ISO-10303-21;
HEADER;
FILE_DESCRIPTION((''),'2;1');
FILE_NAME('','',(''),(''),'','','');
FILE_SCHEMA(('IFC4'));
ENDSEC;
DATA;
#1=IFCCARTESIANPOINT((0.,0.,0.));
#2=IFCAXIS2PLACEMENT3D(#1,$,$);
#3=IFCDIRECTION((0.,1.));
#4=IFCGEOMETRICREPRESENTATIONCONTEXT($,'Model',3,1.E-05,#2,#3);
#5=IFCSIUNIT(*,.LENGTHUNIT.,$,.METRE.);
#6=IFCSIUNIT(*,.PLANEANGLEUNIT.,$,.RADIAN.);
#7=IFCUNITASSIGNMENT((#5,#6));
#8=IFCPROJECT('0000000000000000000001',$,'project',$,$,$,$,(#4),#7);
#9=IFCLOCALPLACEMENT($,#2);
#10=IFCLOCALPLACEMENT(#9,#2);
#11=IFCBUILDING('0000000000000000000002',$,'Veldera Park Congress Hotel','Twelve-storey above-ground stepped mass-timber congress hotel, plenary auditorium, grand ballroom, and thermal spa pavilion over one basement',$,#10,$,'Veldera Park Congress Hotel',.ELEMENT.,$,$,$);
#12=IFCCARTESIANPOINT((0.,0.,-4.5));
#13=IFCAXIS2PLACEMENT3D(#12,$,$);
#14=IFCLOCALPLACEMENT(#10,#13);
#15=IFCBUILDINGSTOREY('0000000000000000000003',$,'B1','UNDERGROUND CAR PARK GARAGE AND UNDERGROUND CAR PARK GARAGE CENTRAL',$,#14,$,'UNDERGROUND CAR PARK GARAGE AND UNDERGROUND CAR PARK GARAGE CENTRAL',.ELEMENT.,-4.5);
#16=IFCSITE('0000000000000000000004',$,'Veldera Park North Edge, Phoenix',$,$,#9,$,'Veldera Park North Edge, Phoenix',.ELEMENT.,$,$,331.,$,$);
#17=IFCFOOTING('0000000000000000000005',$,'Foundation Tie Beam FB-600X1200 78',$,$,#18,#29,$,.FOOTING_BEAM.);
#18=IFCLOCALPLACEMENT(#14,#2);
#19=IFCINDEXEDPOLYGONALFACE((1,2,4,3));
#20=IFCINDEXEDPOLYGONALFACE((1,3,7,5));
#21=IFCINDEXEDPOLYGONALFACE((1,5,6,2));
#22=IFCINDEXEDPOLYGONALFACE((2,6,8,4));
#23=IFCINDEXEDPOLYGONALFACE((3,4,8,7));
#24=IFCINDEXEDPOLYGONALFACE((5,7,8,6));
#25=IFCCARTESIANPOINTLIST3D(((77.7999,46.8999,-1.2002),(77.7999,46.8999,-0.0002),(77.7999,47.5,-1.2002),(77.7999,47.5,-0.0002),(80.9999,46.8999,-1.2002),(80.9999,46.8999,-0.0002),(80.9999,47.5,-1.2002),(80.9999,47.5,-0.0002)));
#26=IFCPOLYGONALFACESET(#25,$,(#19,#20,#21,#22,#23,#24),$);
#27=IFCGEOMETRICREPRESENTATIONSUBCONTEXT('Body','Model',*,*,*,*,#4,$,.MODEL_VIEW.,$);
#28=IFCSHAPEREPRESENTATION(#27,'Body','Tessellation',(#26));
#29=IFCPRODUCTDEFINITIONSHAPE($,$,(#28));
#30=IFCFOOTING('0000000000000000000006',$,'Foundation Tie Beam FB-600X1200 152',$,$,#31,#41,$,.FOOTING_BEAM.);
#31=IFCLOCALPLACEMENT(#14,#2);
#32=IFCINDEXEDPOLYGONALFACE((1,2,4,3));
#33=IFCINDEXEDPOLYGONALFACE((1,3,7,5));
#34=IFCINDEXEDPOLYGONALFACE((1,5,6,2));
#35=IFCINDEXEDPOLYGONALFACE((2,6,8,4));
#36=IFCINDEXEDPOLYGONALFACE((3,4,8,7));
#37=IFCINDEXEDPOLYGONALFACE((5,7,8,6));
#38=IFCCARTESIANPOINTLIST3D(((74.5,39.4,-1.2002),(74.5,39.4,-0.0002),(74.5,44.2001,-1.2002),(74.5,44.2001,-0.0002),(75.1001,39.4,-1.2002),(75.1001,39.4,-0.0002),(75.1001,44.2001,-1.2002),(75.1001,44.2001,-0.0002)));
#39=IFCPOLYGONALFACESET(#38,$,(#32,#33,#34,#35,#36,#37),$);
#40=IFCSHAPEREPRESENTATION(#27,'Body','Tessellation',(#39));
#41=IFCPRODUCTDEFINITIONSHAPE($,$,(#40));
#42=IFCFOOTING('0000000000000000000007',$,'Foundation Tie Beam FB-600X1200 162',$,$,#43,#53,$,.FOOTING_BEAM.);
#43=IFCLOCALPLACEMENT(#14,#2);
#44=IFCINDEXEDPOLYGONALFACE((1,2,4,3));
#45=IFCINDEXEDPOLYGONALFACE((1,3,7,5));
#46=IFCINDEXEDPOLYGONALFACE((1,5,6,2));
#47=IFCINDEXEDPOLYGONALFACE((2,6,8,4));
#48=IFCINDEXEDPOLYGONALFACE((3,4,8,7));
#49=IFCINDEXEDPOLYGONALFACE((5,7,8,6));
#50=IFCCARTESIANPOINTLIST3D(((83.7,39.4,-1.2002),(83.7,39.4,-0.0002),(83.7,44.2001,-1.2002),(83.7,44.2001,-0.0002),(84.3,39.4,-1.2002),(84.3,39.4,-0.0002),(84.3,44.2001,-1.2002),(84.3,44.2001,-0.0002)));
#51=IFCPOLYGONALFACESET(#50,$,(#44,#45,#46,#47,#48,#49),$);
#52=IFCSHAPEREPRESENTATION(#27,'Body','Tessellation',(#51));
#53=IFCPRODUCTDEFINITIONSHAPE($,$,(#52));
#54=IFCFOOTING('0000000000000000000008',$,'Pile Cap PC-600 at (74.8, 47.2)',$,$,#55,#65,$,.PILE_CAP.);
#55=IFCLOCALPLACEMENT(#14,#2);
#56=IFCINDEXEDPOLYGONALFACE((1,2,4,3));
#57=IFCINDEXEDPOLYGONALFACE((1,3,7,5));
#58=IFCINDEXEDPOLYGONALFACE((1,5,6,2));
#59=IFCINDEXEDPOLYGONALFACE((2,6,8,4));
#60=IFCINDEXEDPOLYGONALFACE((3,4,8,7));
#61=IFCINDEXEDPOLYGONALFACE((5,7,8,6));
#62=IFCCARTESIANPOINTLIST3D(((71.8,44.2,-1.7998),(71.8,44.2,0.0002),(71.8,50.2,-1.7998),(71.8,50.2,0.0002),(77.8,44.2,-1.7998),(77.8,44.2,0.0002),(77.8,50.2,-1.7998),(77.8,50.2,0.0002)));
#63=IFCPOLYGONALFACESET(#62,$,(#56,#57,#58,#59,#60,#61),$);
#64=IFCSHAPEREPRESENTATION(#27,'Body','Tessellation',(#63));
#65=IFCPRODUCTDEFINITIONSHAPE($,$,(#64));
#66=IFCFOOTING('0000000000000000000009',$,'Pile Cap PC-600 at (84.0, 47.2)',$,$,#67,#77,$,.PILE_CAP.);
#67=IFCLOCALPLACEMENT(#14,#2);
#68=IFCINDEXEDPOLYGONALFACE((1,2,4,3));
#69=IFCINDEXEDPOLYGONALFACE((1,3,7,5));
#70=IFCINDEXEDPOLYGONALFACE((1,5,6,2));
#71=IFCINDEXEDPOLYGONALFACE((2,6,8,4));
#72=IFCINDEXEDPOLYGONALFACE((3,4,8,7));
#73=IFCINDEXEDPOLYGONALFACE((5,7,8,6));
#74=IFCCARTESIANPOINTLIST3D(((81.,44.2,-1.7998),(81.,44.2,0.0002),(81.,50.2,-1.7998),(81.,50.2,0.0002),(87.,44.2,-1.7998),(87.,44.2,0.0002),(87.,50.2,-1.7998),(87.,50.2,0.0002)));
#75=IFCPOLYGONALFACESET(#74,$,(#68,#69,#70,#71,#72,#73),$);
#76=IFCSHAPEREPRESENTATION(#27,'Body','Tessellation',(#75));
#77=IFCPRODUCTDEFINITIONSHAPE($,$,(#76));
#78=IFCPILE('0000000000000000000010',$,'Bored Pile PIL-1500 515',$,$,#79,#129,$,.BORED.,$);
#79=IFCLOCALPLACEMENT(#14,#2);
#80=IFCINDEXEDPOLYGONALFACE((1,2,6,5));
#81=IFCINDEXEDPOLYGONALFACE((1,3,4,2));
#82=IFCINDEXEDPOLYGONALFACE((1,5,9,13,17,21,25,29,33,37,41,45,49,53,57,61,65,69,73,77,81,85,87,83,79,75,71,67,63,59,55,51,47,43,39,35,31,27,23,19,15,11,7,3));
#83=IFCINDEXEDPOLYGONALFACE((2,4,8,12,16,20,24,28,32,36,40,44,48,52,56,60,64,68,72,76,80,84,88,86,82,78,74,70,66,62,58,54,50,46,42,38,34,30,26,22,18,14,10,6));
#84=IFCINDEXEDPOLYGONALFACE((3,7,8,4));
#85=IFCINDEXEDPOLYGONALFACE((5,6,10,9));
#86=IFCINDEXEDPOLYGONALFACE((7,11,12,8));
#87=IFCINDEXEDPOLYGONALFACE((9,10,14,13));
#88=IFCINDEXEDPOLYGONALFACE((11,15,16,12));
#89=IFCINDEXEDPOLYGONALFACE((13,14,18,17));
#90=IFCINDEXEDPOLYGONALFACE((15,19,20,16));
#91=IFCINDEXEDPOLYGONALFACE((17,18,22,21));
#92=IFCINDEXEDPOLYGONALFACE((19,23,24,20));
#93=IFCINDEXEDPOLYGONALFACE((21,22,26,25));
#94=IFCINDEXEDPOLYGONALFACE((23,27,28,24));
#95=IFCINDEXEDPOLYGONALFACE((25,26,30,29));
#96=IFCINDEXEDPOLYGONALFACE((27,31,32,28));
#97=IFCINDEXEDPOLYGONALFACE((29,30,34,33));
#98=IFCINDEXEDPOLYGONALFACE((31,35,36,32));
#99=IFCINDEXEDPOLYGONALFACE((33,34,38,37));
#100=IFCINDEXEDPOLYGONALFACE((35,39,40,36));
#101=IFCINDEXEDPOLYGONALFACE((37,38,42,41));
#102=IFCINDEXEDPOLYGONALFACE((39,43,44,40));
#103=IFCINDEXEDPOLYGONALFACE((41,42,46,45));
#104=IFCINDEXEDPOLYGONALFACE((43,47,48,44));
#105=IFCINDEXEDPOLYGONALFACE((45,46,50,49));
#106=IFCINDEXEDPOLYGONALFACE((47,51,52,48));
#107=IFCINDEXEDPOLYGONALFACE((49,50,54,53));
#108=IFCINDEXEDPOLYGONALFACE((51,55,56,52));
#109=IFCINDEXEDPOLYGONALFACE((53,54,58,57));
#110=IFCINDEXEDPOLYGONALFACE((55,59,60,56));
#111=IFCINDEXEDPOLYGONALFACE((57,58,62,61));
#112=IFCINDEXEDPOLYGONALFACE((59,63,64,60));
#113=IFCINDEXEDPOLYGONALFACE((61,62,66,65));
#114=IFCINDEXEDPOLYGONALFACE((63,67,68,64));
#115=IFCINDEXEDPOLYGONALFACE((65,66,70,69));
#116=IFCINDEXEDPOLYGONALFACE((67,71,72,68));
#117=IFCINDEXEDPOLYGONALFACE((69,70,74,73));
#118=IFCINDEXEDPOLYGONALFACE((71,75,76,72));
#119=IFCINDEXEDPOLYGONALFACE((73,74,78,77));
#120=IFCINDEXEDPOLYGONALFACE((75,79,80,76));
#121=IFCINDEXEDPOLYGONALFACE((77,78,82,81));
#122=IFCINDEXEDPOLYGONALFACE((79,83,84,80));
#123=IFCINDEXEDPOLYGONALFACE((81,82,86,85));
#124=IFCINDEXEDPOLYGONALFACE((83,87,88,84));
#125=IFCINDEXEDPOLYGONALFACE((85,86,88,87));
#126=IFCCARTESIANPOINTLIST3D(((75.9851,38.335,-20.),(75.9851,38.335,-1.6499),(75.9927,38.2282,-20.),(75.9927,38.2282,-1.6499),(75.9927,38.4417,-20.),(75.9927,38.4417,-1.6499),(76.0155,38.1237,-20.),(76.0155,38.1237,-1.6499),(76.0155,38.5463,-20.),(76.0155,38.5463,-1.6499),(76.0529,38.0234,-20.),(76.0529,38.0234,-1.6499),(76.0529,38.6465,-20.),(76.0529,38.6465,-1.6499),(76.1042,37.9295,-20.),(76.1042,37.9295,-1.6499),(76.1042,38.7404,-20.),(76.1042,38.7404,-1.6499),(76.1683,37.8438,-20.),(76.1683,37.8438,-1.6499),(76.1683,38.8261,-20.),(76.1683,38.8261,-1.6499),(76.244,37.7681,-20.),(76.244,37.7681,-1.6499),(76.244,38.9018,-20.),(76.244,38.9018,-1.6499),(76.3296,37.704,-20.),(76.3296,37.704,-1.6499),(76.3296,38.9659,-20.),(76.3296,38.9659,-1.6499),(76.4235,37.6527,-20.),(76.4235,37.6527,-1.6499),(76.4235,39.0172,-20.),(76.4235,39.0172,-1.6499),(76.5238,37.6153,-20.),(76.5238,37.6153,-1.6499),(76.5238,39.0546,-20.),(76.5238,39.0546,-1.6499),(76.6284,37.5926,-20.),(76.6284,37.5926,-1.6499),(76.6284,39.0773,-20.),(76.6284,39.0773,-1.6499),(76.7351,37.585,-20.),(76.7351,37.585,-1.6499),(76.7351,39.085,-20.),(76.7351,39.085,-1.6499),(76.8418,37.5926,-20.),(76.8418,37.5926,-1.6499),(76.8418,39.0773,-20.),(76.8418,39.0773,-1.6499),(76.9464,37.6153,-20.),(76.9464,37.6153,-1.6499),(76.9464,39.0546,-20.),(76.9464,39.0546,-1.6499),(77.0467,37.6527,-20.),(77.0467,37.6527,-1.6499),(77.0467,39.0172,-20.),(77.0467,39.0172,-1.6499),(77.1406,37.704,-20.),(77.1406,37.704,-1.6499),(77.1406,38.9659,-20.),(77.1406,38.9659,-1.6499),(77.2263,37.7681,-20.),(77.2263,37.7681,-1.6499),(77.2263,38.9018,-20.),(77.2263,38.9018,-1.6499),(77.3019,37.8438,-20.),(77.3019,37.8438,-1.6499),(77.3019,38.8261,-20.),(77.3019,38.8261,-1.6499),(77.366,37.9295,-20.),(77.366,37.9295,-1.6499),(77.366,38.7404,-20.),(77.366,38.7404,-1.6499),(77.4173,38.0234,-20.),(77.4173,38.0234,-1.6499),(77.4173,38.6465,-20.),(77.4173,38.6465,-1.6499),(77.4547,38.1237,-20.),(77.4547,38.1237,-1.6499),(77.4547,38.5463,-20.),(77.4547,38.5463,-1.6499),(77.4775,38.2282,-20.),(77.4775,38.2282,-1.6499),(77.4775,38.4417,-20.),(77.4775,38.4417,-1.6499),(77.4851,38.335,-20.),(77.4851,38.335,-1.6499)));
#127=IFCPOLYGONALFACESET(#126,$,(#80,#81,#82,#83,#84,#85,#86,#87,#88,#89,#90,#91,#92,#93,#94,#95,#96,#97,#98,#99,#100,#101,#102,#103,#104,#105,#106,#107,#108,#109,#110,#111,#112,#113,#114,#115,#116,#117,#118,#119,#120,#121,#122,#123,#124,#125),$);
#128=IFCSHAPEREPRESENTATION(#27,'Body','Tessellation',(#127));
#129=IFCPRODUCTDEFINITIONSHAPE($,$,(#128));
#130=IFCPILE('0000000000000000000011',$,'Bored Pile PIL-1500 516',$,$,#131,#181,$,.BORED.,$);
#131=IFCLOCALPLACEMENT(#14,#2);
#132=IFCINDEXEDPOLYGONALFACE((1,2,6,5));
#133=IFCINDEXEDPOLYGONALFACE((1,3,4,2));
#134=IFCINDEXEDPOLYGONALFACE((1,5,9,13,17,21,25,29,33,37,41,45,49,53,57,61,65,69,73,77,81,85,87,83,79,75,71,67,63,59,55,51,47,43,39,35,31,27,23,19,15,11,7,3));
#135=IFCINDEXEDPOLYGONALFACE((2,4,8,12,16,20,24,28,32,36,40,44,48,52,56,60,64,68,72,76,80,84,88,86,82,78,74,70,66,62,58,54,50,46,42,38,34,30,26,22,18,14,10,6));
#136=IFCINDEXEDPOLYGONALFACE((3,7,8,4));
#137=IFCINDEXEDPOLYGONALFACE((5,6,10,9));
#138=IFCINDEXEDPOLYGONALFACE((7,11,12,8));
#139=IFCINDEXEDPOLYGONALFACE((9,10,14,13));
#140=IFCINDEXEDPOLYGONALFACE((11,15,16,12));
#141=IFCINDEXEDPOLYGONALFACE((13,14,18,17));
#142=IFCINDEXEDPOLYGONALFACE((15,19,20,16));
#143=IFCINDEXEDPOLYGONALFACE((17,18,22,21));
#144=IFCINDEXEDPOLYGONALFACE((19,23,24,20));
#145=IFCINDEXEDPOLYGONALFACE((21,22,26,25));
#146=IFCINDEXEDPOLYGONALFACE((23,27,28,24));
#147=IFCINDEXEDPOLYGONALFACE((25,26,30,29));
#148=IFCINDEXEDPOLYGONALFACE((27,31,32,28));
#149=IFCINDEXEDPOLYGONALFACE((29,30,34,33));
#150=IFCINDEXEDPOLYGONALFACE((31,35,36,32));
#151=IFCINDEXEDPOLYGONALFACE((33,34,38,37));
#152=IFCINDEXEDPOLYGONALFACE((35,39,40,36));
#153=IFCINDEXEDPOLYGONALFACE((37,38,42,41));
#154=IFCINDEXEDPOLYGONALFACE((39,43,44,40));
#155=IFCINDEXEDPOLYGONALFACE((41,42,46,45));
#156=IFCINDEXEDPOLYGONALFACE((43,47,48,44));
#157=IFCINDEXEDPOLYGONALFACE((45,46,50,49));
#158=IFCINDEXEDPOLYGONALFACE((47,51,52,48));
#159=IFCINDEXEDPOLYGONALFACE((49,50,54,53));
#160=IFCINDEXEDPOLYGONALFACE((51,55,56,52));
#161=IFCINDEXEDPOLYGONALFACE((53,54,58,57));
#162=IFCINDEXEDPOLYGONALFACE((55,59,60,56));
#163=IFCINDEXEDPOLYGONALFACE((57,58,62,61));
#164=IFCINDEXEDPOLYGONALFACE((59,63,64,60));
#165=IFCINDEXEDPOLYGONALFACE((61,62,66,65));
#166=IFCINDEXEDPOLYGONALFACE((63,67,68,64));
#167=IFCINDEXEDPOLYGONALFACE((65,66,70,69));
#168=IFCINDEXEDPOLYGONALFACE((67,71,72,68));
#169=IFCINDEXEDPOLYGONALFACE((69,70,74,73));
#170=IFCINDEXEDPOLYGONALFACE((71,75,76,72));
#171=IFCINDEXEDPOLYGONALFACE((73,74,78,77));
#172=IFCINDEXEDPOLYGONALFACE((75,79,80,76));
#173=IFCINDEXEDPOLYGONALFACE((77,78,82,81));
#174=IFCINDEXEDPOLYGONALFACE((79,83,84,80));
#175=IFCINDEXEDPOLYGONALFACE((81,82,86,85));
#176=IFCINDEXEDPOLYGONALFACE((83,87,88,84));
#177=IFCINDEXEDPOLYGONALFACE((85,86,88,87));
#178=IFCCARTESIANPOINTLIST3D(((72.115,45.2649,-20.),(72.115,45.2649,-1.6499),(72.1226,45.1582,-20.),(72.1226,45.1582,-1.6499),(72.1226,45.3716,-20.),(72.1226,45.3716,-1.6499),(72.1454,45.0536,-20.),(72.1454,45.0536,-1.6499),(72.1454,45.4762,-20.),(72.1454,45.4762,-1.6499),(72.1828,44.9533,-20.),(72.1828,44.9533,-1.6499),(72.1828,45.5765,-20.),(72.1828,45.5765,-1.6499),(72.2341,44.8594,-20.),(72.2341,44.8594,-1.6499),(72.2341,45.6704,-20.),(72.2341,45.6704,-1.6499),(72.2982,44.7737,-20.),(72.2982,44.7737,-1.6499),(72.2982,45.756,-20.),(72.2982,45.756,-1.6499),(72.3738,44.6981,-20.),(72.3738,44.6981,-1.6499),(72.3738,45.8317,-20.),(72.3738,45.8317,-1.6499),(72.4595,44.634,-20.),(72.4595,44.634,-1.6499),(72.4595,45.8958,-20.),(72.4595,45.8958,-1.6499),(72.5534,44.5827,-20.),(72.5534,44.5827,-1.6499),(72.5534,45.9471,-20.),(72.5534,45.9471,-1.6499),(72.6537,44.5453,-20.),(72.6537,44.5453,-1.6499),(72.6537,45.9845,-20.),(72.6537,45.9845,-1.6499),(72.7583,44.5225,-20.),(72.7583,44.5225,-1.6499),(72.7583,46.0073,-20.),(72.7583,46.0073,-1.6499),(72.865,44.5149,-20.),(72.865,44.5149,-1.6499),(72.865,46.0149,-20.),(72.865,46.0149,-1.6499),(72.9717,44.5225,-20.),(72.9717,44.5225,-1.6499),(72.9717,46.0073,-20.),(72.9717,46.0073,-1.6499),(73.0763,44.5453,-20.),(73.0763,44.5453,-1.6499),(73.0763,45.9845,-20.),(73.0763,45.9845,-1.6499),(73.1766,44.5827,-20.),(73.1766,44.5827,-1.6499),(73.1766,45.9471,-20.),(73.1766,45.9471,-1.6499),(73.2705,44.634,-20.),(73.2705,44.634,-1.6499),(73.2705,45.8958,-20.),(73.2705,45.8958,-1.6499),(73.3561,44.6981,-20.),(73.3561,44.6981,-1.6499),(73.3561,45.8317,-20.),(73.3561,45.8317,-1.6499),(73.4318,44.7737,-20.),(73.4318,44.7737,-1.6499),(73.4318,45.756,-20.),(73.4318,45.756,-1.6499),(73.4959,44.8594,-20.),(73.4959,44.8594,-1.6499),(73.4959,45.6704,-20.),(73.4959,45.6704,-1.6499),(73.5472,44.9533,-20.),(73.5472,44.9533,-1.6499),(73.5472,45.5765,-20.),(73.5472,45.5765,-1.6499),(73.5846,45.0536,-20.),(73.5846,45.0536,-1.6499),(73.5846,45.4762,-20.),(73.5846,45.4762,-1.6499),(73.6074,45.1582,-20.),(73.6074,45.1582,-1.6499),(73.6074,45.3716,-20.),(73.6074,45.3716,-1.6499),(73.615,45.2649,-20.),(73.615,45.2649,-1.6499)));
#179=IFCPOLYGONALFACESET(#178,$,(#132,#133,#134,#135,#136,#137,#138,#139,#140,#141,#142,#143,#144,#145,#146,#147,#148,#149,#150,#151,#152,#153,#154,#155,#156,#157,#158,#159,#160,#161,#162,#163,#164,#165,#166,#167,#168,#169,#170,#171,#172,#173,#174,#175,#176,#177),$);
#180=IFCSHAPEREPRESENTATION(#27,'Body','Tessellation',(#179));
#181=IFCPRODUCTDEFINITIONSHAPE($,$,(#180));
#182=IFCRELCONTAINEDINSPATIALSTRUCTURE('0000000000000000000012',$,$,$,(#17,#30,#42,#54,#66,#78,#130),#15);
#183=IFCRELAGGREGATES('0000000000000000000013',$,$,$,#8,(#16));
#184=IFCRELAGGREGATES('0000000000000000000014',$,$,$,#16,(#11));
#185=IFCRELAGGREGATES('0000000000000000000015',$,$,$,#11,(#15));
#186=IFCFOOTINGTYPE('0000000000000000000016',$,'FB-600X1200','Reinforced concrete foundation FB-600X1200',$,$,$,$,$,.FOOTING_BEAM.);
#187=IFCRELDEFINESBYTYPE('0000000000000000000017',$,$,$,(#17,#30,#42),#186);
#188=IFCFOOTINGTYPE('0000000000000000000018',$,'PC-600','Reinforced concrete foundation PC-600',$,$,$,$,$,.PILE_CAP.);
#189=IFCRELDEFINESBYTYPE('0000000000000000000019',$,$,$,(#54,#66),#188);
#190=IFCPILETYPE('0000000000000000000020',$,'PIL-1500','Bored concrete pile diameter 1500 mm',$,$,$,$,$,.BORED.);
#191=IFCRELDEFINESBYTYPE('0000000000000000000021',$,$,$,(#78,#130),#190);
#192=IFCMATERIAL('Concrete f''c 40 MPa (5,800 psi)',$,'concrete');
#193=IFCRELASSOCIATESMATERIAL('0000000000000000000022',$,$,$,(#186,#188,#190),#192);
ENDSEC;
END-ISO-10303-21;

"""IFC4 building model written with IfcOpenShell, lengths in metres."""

from ifc_helpers import new_model, si_unit, direction, frame, origin, origin_2d, place, context, subcontext, project, spatial, rectangle, circle, extrude, material, material_profile, profile_set, type_object, element, save


model = new_model("IFC4")

# Units and contexts
model_context = context("Model", 3, precision=1e-05, world=origin(), true_north=direction((0.0, 1.0)))
body_context = subcontext(model_context, "Body", "Model", "MODEL_VIEW")
ifc_project = project(units=[si_unit("LENGTHUNIT", "METRE"), si_unit("PLANEANGLEUNIT", "RADIAN")], contexts=[model_context])

# Site, building, storey
site_placement = place(None, origin())
site = spatial("IfcSite", under=ifc_project, at=site_placement, Name="Veldera Park North Edge, Phoenix", LongName="Veldera Park North Edge, Phoenix", CompositionType="ELEMENT", RefElevation=331.0)
building_placement = place(site_placement, origin())
building = spatial("IfcBuilding", under=site, at=building_placement, Name="Veldera Park Congress Hotel", Description="Twelve-storey above-ground stepped mass-timber congress hotel, plenary auditorium, grand ballroom, and thermal spa pavilion over one basement", LongName="Veldera Park Congress Hotel", CompositionType="ELEMENT")
storey_placement = place(building_placement, frame((0.0, 0.0, -4.5)))
storey = spatial("IfcBuildingStorey", under=building, at=storey_placement, Name="B1", Description="UNDERGROUND CAR PARK GARAGE AND UNDERGROUND CAR PARK GARAGE CENTRAL", LongName="UNDERGROUND CAR PARK GARAGE AND UNDERGROUND CAR PARK GARAGE CENTRAL", CompositionType="ELEMENT", Elevation=-4.5)

# Footings
ifc_material_1 = material(Name="Concrete f'c 40 MPa (5,800 psi)", Category="concrete")
footing_type_1 = type_object("IfcFootingType", Name="FB-600X1200", Description="Reinforced concrete foundation FB-600X1200", PredefinedType="FOOTING_BEAM", material=ifc_material_1)
footing_placement = place(storey_placement, frame((79.3999, 47.2, -1.2002), z_axis=(0.0, 0.0, 1.0), x_axis=(1.0, 0.0, 0.0)))
element("IfcFooting", 1, at=footing_placement, inside=storey, type_object=footing_type_1, Name="Foundation Tie Beam FB-600X1200 78", PredefinedType="FOOTING_BEAM", context=body_context, shape_type="SweptSolid", body=[
    extrude(rectangle(XDim=3.2, YDim=0.6001, at=origin_2d()), origin(), (0.0, 0.0, 1.0), 1.2),
])
for number, where, z_axis, x_axis, name in (
    (2, (74.8, 41.8, -1.2002), (0.0, 0.0, 1.0), (0.0, 1.0, 0.0), "Foundation Tie Beam FB-600X1200 152"),
    (3, (84.0, 41.8, -1.2002), (0.0, 0.0, 1.0), (0.0, 1.0, 0.0), "Foundation Tie Beam FB-600X1200 162"),
):
    element("IfcFooting", number, at=place(storey_placement, frame(where, z_axis=z_axis, x_axis=x_axis)), inside=storey, type_object=footing_type_1, Name=name, PredefinedType="FOOTING_BEAM", context=body_context, shape_type="SweptSolid", body=[
        extrude(rectangle(XDim=4.8, YDim=0.6001, at=origin_2d()), origin(), (0.0, 0.0, 1.0), 1.2),
    ])
footing_type_2 = type_object("IfcFootingType", Name="PC-600", Description="Reinforced concrete foundation PC-600", PredefinedType="PILE_CAP", material=ifc_material_1)
for number, where, z_axis, x_axis, name in (
    (4, (74.8, 47.2, -1.7998), (0.0, 0.0, 1.0), (1.0, 0.0, 0.0), "Pile Cap PC-600 at (74.8, 47.2)"),
    (5, (84.0, 47.2, -1.7998), (0.0, 0.0, 1.0), (1.0, 0.0, 0.0), "Pile Cap PC-600 at (84.0, 47.2)"),
):
    element("IfcFooting", number, at=place(storey_placement, frame(where, z_axis=z_axis, x_axis=x_axis)), inside=storey, type_object=footing_type_2, Name=name, PredefinedType="PILE_CAP", context=body_context, shape_type="SweptSolid", body=[
        extrude(rectangle(XDim=6.0, YDim=6.0, at=origin_2d()), origin(), (0.0, 0.0, 1.0), 1.8),
    ])

# Piles
ifc_material_profile_1 = material_profile(ifc_material_1, circle(Radius=0.75, at=origin_2d()), Name="PILE D1500")
ifc_profile_set_1 = profile_set([ifc_material_profile_1], Name="Concrete f'c 40 MPa (5,800 psi)")
pile_type = type_object("IfcPileType", Name="PIL-1500", Description="Bored concrete pile diameter 1500 mm", PredefinedType="BORED", material=ifc_profile_set_1)
for number, where, z_axis, x_axis, name in (
    (6, (76.7351, 38.335, -1.6499), (0.0, 0.0, -1.0), (1.0, 0.0, 0.0), "Bored Pile PIL-1500 515"),
    (7, (72.865, 45.2649, -1.6499), (0.0, 0.0, -1.0), (1.0, 0.0, 0.0), "Bored Pile PIL-1500 516"),
):
    element("IfcPile", number, at=place(storey_placement, frame(where, z_axis=z_axis, x_axis=x_axis)), inside=storey, type_object=pile_type, Name=name, PredefinedType="BORED", context=body_context, shape_type="SweptSolid", body=[
        extrude(circle(Radius=0.75, at=origin_2d()), origin(), (0.0, 0.0, 1.0), 18.3501),
    ])

save(model, "model.ifc")
